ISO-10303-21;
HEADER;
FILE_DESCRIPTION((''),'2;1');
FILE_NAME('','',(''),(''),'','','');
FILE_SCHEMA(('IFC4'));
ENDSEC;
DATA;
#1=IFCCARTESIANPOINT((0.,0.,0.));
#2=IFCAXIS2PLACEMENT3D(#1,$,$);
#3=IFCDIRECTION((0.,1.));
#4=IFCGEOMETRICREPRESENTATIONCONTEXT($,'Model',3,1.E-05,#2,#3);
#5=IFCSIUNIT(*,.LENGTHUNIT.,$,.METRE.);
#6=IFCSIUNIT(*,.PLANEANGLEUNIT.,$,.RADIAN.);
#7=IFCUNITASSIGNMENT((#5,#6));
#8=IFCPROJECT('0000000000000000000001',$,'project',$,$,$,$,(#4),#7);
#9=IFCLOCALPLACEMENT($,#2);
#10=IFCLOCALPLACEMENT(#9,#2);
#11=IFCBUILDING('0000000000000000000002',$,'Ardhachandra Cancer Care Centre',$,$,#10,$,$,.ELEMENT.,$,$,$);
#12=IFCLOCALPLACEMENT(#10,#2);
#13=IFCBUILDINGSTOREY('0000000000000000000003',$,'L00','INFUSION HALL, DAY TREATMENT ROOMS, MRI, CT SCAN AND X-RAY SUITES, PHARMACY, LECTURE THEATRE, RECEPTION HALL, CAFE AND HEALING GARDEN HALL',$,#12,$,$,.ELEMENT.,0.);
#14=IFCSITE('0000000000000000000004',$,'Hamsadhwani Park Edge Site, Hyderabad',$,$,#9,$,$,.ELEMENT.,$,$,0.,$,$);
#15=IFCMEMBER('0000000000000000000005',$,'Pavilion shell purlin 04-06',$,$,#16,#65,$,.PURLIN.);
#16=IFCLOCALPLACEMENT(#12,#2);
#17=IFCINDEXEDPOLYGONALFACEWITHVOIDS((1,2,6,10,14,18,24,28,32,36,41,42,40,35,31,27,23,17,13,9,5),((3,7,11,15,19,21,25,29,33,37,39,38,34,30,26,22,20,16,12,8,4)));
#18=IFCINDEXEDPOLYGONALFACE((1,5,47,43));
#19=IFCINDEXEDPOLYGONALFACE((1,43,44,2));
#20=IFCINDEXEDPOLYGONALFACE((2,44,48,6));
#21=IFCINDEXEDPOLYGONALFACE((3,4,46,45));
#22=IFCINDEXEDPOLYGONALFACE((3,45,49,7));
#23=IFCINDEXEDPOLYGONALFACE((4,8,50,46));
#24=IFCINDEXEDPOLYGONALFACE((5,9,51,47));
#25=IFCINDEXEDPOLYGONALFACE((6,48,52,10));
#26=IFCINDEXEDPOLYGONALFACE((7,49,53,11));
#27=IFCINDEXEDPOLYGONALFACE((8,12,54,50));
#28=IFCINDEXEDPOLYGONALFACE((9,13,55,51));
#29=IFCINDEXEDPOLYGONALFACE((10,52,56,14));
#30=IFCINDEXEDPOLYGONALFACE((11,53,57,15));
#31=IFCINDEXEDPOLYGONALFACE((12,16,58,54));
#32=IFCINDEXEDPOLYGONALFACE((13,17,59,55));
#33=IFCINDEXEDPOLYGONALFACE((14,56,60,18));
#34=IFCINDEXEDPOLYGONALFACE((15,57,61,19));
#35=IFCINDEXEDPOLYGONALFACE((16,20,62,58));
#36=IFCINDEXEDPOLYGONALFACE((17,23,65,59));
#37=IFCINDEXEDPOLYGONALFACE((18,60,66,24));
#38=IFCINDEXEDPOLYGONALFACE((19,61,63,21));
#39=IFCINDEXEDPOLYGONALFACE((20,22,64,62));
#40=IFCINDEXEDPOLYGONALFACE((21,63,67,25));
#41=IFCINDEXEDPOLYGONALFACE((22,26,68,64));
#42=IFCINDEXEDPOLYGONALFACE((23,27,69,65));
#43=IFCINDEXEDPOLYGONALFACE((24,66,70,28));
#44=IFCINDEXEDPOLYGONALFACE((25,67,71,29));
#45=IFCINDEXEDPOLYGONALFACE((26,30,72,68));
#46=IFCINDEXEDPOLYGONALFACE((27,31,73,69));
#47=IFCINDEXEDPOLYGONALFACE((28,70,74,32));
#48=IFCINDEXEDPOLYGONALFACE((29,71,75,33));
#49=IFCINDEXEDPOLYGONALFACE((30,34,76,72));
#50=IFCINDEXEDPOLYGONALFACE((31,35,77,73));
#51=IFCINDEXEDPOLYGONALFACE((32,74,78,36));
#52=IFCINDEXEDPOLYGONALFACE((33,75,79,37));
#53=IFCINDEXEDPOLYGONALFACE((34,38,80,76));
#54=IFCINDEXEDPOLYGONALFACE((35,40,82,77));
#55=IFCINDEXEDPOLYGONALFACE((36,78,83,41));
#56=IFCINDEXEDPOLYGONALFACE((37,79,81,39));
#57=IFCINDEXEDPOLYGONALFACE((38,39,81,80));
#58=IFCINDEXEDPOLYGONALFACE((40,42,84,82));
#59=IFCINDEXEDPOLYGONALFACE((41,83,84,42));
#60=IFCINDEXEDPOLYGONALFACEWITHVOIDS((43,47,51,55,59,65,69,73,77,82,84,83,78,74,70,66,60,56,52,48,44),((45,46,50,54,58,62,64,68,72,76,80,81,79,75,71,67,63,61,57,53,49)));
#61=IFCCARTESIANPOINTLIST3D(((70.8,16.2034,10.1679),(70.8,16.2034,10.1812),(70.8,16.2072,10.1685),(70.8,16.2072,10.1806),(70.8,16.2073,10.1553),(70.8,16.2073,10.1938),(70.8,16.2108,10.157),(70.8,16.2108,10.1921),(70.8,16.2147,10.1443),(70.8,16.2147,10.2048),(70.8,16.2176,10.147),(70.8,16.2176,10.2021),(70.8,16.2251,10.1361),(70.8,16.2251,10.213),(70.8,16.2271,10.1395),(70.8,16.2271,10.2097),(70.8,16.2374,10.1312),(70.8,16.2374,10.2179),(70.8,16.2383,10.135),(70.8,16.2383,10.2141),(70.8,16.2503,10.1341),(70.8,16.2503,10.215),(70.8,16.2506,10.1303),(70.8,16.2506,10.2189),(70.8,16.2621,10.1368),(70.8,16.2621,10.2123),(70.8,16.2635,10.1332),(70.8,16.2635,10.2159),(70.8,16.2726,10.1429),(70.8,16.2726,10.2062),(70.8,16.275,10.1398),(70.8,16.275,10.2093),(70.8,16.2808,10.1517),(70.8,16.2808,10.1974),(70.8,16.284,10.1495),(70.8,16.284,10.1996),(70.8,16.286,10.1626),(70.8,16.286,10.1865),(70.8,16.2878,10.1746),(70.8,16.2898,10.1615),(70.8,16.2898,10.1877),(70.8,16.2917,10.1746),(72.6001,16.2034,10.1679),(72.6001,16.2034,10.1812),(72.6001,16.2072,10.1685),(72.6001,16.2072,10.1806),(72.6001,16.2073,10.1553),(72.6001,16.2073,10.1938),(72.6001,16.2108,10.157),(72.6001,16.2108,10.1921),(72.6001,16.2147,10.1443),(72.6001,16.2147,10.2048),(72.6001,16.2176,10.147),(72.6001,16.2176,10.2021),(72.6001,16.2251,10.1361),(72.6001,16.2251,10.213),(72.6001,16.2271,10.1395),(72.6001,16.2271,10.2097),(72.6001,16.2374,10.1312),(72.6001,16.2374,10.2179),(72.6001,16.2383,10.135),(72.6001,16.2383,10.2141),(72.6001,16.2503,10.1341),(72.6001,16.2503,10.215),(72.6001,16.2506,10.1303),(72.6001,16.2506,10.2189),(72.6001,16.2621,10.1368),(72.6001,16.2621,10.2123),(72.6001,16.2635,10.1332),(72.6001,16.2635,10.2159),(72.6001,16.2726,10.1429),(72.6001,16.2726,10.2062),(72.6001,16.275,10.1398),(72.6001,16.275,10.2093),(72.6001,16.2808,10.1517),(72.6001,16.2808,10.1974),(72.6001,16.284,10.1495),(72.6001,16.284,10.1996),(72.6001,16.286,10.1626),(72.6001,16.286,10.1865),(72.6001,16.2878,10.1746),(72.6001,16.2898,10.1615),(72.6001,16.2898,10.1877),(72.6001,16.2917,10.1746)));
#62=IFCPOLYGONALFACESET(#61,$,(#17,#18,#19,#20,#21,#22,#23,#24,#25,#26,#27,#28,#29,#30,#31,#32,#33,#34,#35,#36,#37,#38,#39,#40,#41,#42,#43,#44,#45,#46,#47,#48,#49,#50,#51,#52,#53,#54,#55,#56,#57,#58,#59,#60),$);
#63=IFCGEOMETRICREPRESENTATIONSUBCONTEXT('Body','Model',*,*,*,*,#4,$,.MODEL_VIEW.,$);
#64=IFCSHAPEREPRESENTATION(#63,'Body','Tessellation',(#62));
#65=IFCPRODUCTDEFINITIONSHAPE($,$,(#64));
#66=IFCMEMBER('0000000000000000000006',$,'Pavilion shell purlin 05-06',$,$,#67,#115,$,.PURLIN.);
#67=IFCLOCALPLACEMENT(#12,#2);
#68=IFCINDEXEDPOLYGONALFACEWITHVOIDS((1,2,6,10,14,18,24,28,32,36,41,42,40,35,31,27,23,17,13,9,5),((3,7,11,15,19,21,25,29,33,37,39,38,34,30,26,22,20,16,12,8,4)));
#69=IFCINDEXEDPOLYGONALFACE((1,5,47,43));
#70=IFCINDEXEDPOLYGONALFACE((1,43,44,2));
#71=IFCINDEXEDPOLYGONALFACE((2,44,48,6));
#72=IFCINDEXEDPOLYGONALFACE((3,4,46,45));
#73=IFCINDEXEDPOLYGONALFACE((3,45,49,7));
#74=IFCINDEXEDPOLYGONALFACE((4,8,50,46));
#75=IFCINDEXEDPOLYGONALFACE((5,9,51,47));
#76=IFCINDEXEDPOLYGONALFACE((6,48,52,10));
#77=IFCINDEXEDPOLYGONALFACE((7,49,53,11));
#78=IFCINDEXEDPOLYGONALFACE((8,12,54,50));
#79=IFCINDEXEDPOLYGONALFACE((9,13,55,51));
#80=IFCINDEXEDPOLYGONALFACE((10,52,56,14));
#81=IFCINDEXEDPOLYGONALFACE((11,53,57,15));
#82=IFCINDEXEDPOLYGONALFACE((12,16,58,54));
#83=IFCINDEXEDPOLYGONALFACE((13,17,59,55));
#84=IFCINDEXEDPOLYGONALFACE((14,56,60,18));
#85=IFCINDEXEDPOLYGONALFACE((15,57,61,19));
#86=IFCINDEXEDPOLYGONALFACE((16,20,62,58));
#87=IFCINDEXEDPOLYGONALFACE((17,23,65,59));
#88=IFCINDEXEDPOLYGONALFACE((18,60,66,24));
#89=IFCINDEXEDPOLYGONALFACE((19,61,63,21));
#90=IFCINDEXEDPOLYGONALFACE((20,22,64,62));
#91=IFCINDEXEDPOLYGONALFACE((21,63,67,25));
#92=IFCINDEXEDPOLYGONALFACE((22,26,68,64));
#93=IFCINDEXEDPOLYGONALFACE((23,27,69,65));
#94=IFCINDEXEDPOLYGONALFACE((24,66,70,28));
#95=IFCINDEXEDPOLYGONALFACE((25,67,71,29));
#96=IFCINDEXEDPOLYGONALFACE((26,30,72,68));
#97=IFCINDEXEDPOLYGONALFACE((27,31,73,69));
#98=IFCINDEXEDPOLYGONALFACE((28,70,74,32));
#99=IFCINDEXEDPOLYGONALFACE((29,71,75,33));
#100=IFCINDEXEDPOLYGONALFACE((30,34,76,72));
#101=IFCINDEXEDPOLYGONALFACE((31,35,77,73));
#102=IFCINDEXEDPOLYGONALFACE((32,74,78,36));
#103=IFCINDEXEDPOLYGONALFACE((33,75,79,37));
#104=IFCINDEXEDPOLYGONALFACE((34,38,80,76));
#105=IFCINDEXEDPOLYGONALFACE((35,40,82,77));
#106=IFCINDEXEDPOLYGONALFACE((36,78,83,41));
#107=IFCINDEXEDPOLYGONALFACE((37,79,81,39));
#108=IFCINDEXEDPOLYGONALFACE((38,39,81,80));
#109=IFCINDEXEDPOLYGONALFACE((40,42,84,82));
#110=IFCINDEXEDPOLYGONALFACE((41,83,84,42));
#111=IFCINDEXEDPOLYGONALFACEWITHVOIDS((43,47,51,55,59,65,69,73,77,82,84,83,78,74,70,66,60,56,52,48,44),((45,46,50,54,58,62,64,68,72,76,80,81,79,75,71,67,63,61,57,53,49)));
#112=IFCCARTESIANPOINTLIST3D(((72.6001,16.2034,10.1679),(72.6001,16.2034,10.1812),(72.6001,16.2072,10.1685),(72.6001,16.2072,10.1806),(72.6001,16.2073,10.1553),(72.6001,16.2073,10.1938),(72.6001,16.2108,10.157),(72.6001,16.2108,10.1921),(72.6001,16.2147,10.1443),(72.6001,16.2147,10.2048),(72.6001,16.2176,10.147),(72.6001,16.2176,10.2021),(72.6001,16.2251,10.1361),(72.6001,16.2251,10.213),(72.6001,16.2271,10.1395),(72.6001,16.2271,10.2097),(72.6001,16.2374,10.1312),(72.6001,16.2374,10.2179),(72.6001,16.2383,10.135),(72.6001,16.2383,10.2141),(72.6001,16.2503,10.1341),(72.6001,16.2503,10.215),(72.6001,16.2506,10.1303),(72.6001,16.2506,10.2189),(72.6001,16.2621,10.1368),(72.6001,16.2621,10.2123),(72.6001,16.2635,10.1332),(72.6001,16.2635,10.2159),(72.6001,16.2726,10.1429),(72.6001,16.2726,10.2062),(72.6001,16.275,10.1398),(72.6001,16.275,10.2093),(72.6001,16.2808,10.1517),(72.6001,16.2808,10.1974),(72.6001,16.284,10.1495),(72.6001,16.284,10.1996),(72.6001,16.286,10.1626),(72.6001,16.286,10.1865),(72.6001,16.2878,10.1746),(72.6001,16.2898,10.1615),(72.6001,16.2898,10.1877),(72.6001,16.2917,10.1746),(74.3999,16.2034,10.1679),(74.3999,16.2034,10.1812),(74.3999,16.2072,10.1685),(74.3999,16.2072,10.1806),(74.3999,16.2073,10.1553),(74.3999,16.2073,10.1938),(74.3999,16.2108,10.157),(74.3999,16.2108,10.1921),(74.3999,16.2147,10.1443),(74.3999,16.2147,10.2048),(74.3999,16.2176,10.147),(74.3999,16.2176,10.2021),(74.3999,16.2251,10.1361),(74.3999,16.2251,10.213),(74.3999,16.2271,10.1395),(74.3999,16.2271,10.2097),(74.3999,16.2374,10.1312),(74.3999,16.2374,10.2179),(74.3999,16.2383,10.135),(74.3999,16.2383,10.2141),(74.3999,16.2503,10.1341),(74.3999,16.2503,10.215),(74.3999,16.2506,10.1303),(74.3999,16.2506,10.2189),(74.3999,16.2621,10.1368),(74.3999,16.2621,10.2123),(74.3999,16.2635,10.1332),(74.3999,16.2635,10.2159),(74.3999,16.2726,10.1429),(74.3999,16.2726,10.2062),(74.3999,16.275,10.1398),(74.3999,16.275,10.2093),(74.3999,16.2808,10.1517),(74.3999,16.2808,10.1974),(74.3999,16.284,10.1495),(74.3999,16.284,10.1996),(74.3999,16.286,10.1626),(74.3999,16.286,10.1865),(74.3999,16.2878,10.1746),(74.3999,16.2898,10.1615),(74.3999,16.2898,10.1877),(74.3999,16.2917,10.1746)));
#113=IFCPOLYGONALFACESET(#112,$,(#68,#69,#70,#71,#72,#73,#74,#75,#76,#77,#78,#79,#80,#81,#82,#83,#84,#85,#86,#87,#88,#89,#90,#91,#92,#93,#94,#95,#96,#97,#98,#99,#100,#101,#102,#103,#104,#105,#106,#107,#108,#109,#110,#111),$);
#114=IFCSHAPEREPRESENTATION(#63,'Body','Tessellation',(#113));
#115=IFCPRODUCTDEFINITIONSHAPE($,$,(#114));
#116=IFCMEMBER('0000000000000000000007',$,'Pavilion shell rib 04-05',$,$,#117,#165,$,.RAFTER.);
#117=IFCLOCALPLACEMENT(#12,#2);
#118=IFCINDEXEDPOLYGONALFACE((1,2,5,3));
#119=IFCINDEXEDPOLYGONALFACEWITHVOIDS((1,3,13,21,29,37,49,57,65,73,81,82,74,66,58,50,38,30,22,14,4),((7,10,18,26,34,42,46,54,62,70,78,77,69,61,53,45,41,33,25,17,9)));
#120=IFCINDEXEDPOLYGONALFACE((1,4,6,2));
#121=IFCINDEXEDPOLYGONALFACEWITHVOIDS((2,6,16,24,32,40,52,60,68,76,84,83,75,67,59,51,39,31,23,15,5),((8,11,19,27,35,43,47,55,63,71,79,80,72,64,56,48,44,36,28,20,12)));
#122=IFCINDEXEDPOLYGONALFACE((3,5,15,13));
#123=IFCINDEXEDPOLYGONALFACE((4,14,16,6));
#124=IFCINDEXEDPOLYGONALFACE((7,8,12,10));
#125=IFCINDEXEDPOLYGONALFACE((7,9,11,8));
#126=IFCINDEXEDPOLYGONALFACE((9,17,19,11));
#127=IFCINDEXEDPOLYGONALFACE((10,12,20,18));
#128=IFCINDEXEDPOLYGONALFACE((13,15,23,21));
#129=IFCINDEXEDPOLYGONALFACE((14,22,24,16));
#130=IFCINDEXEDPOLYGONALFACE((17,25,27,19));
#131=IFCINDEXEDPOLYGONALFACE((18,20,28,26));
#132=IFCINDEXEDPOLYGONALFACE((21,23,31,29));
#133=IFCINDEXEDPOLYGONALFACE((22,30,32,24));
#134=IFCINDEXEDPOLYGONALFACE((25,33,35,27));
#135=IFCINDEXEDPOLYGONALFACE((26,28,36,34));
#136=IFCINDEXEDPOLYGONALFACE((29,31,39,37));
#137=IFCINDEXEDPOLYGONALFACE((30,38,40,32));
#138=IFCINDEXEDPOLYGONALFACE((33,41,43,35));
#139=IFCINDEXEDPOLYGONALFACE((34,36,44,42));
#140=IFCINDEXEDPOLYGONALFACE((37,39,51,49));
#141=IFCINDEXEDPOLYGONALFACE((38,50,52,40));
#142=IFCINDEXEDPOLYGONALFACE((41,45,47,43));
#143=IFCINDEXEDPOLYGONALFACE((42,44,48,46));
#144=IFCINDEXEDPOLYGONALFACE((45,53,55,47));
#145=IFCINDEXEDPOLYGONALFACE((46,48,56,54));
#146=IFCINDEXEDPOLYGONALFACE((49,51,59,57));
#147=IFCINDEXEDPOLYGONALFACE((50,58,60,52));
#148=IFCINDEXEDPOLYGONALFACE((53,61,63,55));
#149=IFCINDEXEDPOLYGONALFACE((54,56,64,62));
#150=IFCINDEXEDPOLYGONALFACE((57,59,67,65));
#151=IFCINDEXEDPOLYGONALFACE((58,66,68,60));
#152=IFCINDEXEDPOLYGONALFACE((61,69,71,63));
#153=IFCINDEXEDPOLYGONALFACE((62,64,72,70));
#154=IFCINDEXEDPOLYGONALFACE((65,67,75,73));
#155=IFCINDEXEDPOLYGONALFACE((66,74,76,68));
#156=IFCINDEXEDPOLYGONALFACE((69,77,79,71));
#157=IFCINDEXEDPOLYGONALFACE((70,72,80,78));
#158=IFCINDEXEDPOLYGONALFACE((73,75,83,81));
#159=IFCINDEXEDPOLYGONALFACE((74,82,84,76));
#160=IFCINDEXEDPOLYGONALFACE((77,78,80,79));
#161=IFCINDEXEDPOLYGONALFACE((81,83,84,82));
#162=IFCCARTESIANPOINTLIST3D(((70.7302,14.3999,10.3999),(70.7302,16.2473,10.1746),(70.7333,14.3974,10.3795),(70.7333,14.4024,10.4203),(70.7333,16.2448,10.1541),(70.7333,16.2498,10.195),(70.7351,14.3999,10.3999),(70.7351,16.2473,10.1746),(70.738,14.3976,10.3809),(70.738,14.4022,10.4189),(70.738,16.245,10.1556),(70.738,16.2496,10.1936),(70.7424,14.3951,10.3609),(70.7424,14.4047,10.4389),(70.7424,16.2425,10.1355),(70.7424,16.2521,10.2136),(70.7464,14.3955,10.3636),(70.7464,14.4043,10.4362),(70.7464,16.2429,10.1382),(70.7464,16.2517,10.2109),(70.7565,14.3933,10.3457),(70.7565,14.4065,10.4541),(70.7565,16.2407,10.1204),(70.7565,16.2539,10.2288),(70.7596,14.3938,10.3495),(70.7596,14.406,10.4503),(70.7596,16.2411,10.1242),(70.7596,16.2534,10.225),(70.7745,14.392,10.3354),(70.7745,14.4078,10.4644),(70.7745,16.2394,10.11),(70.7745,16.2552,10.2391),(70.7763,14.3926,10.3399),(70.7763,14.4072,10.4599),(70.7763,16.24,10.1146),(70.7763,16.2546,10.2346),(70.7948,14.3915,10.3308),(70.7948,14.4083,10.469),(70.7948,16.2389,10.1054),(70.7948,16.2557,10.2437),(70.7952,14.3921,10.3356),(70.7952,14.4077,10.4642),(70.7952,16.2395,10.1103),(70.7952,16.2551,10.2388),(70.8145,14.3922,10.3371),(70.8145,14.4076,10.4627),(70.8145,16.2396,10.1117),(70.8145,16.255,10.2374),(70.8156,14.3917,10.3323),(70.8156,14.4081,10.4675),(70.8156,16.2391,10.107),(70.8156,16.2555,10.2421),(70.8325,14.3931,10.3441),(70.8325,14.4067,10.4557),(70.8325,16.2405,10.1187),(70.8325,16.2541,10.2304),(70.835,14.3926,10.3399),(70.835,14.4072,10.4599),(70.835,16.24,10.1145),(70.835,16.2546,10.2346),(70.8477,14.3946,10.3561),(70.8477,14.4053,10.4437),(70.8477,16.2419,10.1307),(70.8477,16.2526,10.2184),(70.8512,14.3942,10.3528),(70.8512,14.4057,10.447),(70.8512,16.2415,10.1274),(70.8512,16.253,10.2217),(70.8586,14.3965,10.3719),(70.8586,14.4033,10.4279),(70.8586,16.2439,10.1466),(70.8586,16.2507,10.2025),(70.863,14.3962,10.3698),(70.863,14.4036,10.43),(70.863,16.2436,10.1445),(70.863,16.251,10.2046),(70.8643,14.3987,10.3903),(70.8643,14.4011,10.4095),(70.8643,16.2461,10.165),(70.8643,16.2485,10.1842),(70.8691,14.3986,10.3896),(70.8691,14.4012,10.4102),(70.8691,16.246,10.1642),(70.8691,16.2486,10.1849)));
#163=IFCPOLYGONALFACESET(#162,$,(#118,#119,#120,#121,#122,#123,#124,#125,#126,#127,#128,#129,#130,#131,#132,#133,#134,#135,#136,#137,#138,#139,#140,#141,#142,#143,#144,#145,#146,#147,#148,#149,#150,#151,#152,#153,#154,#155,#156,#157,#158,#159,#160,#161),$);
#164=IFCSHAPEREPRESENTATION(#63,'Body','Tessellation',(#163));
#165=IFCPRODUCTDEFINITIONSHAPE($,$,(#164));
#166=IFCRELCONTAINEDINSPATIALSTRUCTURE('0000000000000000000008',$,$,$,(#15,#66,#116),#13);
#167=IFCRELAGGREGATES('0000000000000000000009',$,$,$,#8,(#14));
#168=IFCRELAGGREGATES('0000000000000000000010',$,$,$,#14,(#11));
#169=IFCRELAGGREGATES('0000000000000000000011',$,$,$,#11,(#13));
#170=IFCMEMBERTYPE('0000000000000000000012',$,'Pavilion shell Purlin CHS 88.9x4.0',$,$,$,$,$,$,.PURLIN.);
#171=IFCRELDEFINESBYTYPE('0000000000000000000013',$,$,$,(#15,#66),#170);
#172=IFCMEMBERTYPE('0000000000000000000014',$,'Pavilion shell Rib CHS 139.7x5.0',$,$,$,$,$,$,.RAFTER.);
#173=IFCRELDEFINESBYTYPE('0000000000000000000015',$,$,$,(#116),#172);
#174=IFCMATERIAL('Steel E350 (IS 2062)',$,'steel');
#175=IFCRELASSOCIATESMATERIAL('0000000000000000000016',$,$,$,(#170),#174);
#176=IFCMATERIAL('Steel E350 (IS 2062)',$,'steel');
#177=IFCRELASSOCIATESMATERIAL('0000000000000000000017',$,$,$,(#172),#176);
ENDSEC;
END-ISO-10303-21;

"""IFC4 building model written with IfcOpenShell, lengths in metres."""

from ifc_helpers import new_model, si_unit, direction, frame, origin, origin_2d, place, context, subcontext, project, spatial, hollow_circle, extrude, material, material_profile, profile_set, type_object, element, save


model = new_model("IFC4")

# Units and contexts
model_context = context("Model", 3, precision=1e-05, world=origin(), true_north=direction((0.0, 1.0)))
body_context = subcontext(model_context, "Body", "Model", "MODEL_VIEW")
ifc_project = project(units=[si_unit("LENGTHUNIT", "METRE"), si_unit("PLANEANGLEUNIT", "RADIAN")], contexts=[model_context])

# Site, building, storey
site_placement = place(None, origin())
site = spatial("IfcSite", under=ifc_project, at=site_placement, Name="Hamsadhwani Park Edge Site, Hyderabad", CompositionType="ELEMENT", RefElevation=0.0)
building_placement = place(site_placement, origin())
building = spatial("IfcBuilding", under=site, at=building_placement, Name="Ardhachandra Cancer Care Centre", CompositionType="ELEMENT")
storey_placement = place(building_placement, origin())
storey = spatial("IfcBuildingStorey", under=building, at=storey_placement, Name="L00", Description="INFUSION HALL, DAY TREATMENT ROOMS, MRI, CT SCAN AND X-RAY SUITES, PHARMACY, LECTURE THEATRE, RECEPTION HALL, CAFE AND HEALING GARDEN HALL", CompositionType="ELEMENT", Elevation=0.0)

# Members
ifc_material_1 = material(Name="Steel E350 (IS 2062)", Category="steel")
ifc_material_profile_1 = material_profile(ifc_material_1, hollow_circle(Radius=0.0444, WallThickness=0.0039, at=origin_2d()), Name="CHS 88.9x4.0")
ifc_profile_set_1 = profile_set([ifc_material_profile_1], Name="Steel E350 (IS 2062)")
member_type_1 = type_object("IfcMemberType", Name="Pavilion shell Purlin CHS 88.9x4.0", PredefinedType="PURLIN", material=ifc_profile_set_1)
member_1_placement = place(storey_placement, frame((70.8, 16.2473, 10.1746), z_axis=(1.0, 0.0, 0.0), x_axis=(0.0, 1.0, 0.0)))
element("IfcMember", 1, at=member_1_placement, inside=storey, type_object=member_type_1, Name="Pavilion shell purlin 04-06", PredefinedType="PURLIN", context=body_context, shape_type="SweptSolid", body=[
    extrude(hollow_circle(Radius=0.0444, WallThickness=0.0039, at=origin_2d()), origin(), (0.0, 0.0, 1.0), 1.8),
])
member_2_placement = place(storey_placement, frame((72.6001, 16.2473, 10.1746), z_axis=(1.0, 0.0, 0.0), x_axis=(0.0, 1.0, 0.0)))
element("IfcMember", 2, at=member_2_placement, inside=storey, type_object=member_type_1, Name="Pavilion shell purlin 05-06", PredefinedType="PURLIN", context=body_context, shape_type="SweptSolid", body=[
    extrude(hollow_circle(Radius=0.0444, WallThickness=0.0039, at=origin_2d()), origin(), (0.0, 0.0, 1.0), 1.7998),
])
ifc_material_2 = material(Name="Steel E350 (IS 2062)", Category="steel")
ifc_material_profile_2 = material_profile(ifc_material_2, hollow_circle(Radius=0.0698, WallThickness=0.0049, at=origin_2d()), Name="CHS 139.7x5.0")
ifc_profile_set_2 = profile_set([ifc_material_profile_2], Name="Steel E350 (IS 2062)")
member_type_2 = type_object("IfcMemberType", Name="Pavilion shell Rib CHS 139.7x5.0", PredefinedType="RAFTER", material=ifc_profile_set_2)
for number, where, z_axis, x_axis, name in (
    (3, (70.8, 14.3999, 10.3999), (0.0, 0.992643, -0.12108), (-1.0, 0.0, 0.0), "Pavilion shell rib 04-05"),
):
    element("IfcMember", number, at=place(storey_placement, frame(where, z_axis=z_axis, x_axis=x_axis)), inside=storey, type_object=member_type_2, Name=name, PredefinedType="RAFTER", context=body_context, shape_type="SweptSolid", body=[
        extrude(hollow_circle(Radius=0.0698, WallThickness=0.0049, at=origin_2d()), origin(), (0.0, 0.0, 1.0), 1.8611),
    ])

save(model, "model.ifc")
